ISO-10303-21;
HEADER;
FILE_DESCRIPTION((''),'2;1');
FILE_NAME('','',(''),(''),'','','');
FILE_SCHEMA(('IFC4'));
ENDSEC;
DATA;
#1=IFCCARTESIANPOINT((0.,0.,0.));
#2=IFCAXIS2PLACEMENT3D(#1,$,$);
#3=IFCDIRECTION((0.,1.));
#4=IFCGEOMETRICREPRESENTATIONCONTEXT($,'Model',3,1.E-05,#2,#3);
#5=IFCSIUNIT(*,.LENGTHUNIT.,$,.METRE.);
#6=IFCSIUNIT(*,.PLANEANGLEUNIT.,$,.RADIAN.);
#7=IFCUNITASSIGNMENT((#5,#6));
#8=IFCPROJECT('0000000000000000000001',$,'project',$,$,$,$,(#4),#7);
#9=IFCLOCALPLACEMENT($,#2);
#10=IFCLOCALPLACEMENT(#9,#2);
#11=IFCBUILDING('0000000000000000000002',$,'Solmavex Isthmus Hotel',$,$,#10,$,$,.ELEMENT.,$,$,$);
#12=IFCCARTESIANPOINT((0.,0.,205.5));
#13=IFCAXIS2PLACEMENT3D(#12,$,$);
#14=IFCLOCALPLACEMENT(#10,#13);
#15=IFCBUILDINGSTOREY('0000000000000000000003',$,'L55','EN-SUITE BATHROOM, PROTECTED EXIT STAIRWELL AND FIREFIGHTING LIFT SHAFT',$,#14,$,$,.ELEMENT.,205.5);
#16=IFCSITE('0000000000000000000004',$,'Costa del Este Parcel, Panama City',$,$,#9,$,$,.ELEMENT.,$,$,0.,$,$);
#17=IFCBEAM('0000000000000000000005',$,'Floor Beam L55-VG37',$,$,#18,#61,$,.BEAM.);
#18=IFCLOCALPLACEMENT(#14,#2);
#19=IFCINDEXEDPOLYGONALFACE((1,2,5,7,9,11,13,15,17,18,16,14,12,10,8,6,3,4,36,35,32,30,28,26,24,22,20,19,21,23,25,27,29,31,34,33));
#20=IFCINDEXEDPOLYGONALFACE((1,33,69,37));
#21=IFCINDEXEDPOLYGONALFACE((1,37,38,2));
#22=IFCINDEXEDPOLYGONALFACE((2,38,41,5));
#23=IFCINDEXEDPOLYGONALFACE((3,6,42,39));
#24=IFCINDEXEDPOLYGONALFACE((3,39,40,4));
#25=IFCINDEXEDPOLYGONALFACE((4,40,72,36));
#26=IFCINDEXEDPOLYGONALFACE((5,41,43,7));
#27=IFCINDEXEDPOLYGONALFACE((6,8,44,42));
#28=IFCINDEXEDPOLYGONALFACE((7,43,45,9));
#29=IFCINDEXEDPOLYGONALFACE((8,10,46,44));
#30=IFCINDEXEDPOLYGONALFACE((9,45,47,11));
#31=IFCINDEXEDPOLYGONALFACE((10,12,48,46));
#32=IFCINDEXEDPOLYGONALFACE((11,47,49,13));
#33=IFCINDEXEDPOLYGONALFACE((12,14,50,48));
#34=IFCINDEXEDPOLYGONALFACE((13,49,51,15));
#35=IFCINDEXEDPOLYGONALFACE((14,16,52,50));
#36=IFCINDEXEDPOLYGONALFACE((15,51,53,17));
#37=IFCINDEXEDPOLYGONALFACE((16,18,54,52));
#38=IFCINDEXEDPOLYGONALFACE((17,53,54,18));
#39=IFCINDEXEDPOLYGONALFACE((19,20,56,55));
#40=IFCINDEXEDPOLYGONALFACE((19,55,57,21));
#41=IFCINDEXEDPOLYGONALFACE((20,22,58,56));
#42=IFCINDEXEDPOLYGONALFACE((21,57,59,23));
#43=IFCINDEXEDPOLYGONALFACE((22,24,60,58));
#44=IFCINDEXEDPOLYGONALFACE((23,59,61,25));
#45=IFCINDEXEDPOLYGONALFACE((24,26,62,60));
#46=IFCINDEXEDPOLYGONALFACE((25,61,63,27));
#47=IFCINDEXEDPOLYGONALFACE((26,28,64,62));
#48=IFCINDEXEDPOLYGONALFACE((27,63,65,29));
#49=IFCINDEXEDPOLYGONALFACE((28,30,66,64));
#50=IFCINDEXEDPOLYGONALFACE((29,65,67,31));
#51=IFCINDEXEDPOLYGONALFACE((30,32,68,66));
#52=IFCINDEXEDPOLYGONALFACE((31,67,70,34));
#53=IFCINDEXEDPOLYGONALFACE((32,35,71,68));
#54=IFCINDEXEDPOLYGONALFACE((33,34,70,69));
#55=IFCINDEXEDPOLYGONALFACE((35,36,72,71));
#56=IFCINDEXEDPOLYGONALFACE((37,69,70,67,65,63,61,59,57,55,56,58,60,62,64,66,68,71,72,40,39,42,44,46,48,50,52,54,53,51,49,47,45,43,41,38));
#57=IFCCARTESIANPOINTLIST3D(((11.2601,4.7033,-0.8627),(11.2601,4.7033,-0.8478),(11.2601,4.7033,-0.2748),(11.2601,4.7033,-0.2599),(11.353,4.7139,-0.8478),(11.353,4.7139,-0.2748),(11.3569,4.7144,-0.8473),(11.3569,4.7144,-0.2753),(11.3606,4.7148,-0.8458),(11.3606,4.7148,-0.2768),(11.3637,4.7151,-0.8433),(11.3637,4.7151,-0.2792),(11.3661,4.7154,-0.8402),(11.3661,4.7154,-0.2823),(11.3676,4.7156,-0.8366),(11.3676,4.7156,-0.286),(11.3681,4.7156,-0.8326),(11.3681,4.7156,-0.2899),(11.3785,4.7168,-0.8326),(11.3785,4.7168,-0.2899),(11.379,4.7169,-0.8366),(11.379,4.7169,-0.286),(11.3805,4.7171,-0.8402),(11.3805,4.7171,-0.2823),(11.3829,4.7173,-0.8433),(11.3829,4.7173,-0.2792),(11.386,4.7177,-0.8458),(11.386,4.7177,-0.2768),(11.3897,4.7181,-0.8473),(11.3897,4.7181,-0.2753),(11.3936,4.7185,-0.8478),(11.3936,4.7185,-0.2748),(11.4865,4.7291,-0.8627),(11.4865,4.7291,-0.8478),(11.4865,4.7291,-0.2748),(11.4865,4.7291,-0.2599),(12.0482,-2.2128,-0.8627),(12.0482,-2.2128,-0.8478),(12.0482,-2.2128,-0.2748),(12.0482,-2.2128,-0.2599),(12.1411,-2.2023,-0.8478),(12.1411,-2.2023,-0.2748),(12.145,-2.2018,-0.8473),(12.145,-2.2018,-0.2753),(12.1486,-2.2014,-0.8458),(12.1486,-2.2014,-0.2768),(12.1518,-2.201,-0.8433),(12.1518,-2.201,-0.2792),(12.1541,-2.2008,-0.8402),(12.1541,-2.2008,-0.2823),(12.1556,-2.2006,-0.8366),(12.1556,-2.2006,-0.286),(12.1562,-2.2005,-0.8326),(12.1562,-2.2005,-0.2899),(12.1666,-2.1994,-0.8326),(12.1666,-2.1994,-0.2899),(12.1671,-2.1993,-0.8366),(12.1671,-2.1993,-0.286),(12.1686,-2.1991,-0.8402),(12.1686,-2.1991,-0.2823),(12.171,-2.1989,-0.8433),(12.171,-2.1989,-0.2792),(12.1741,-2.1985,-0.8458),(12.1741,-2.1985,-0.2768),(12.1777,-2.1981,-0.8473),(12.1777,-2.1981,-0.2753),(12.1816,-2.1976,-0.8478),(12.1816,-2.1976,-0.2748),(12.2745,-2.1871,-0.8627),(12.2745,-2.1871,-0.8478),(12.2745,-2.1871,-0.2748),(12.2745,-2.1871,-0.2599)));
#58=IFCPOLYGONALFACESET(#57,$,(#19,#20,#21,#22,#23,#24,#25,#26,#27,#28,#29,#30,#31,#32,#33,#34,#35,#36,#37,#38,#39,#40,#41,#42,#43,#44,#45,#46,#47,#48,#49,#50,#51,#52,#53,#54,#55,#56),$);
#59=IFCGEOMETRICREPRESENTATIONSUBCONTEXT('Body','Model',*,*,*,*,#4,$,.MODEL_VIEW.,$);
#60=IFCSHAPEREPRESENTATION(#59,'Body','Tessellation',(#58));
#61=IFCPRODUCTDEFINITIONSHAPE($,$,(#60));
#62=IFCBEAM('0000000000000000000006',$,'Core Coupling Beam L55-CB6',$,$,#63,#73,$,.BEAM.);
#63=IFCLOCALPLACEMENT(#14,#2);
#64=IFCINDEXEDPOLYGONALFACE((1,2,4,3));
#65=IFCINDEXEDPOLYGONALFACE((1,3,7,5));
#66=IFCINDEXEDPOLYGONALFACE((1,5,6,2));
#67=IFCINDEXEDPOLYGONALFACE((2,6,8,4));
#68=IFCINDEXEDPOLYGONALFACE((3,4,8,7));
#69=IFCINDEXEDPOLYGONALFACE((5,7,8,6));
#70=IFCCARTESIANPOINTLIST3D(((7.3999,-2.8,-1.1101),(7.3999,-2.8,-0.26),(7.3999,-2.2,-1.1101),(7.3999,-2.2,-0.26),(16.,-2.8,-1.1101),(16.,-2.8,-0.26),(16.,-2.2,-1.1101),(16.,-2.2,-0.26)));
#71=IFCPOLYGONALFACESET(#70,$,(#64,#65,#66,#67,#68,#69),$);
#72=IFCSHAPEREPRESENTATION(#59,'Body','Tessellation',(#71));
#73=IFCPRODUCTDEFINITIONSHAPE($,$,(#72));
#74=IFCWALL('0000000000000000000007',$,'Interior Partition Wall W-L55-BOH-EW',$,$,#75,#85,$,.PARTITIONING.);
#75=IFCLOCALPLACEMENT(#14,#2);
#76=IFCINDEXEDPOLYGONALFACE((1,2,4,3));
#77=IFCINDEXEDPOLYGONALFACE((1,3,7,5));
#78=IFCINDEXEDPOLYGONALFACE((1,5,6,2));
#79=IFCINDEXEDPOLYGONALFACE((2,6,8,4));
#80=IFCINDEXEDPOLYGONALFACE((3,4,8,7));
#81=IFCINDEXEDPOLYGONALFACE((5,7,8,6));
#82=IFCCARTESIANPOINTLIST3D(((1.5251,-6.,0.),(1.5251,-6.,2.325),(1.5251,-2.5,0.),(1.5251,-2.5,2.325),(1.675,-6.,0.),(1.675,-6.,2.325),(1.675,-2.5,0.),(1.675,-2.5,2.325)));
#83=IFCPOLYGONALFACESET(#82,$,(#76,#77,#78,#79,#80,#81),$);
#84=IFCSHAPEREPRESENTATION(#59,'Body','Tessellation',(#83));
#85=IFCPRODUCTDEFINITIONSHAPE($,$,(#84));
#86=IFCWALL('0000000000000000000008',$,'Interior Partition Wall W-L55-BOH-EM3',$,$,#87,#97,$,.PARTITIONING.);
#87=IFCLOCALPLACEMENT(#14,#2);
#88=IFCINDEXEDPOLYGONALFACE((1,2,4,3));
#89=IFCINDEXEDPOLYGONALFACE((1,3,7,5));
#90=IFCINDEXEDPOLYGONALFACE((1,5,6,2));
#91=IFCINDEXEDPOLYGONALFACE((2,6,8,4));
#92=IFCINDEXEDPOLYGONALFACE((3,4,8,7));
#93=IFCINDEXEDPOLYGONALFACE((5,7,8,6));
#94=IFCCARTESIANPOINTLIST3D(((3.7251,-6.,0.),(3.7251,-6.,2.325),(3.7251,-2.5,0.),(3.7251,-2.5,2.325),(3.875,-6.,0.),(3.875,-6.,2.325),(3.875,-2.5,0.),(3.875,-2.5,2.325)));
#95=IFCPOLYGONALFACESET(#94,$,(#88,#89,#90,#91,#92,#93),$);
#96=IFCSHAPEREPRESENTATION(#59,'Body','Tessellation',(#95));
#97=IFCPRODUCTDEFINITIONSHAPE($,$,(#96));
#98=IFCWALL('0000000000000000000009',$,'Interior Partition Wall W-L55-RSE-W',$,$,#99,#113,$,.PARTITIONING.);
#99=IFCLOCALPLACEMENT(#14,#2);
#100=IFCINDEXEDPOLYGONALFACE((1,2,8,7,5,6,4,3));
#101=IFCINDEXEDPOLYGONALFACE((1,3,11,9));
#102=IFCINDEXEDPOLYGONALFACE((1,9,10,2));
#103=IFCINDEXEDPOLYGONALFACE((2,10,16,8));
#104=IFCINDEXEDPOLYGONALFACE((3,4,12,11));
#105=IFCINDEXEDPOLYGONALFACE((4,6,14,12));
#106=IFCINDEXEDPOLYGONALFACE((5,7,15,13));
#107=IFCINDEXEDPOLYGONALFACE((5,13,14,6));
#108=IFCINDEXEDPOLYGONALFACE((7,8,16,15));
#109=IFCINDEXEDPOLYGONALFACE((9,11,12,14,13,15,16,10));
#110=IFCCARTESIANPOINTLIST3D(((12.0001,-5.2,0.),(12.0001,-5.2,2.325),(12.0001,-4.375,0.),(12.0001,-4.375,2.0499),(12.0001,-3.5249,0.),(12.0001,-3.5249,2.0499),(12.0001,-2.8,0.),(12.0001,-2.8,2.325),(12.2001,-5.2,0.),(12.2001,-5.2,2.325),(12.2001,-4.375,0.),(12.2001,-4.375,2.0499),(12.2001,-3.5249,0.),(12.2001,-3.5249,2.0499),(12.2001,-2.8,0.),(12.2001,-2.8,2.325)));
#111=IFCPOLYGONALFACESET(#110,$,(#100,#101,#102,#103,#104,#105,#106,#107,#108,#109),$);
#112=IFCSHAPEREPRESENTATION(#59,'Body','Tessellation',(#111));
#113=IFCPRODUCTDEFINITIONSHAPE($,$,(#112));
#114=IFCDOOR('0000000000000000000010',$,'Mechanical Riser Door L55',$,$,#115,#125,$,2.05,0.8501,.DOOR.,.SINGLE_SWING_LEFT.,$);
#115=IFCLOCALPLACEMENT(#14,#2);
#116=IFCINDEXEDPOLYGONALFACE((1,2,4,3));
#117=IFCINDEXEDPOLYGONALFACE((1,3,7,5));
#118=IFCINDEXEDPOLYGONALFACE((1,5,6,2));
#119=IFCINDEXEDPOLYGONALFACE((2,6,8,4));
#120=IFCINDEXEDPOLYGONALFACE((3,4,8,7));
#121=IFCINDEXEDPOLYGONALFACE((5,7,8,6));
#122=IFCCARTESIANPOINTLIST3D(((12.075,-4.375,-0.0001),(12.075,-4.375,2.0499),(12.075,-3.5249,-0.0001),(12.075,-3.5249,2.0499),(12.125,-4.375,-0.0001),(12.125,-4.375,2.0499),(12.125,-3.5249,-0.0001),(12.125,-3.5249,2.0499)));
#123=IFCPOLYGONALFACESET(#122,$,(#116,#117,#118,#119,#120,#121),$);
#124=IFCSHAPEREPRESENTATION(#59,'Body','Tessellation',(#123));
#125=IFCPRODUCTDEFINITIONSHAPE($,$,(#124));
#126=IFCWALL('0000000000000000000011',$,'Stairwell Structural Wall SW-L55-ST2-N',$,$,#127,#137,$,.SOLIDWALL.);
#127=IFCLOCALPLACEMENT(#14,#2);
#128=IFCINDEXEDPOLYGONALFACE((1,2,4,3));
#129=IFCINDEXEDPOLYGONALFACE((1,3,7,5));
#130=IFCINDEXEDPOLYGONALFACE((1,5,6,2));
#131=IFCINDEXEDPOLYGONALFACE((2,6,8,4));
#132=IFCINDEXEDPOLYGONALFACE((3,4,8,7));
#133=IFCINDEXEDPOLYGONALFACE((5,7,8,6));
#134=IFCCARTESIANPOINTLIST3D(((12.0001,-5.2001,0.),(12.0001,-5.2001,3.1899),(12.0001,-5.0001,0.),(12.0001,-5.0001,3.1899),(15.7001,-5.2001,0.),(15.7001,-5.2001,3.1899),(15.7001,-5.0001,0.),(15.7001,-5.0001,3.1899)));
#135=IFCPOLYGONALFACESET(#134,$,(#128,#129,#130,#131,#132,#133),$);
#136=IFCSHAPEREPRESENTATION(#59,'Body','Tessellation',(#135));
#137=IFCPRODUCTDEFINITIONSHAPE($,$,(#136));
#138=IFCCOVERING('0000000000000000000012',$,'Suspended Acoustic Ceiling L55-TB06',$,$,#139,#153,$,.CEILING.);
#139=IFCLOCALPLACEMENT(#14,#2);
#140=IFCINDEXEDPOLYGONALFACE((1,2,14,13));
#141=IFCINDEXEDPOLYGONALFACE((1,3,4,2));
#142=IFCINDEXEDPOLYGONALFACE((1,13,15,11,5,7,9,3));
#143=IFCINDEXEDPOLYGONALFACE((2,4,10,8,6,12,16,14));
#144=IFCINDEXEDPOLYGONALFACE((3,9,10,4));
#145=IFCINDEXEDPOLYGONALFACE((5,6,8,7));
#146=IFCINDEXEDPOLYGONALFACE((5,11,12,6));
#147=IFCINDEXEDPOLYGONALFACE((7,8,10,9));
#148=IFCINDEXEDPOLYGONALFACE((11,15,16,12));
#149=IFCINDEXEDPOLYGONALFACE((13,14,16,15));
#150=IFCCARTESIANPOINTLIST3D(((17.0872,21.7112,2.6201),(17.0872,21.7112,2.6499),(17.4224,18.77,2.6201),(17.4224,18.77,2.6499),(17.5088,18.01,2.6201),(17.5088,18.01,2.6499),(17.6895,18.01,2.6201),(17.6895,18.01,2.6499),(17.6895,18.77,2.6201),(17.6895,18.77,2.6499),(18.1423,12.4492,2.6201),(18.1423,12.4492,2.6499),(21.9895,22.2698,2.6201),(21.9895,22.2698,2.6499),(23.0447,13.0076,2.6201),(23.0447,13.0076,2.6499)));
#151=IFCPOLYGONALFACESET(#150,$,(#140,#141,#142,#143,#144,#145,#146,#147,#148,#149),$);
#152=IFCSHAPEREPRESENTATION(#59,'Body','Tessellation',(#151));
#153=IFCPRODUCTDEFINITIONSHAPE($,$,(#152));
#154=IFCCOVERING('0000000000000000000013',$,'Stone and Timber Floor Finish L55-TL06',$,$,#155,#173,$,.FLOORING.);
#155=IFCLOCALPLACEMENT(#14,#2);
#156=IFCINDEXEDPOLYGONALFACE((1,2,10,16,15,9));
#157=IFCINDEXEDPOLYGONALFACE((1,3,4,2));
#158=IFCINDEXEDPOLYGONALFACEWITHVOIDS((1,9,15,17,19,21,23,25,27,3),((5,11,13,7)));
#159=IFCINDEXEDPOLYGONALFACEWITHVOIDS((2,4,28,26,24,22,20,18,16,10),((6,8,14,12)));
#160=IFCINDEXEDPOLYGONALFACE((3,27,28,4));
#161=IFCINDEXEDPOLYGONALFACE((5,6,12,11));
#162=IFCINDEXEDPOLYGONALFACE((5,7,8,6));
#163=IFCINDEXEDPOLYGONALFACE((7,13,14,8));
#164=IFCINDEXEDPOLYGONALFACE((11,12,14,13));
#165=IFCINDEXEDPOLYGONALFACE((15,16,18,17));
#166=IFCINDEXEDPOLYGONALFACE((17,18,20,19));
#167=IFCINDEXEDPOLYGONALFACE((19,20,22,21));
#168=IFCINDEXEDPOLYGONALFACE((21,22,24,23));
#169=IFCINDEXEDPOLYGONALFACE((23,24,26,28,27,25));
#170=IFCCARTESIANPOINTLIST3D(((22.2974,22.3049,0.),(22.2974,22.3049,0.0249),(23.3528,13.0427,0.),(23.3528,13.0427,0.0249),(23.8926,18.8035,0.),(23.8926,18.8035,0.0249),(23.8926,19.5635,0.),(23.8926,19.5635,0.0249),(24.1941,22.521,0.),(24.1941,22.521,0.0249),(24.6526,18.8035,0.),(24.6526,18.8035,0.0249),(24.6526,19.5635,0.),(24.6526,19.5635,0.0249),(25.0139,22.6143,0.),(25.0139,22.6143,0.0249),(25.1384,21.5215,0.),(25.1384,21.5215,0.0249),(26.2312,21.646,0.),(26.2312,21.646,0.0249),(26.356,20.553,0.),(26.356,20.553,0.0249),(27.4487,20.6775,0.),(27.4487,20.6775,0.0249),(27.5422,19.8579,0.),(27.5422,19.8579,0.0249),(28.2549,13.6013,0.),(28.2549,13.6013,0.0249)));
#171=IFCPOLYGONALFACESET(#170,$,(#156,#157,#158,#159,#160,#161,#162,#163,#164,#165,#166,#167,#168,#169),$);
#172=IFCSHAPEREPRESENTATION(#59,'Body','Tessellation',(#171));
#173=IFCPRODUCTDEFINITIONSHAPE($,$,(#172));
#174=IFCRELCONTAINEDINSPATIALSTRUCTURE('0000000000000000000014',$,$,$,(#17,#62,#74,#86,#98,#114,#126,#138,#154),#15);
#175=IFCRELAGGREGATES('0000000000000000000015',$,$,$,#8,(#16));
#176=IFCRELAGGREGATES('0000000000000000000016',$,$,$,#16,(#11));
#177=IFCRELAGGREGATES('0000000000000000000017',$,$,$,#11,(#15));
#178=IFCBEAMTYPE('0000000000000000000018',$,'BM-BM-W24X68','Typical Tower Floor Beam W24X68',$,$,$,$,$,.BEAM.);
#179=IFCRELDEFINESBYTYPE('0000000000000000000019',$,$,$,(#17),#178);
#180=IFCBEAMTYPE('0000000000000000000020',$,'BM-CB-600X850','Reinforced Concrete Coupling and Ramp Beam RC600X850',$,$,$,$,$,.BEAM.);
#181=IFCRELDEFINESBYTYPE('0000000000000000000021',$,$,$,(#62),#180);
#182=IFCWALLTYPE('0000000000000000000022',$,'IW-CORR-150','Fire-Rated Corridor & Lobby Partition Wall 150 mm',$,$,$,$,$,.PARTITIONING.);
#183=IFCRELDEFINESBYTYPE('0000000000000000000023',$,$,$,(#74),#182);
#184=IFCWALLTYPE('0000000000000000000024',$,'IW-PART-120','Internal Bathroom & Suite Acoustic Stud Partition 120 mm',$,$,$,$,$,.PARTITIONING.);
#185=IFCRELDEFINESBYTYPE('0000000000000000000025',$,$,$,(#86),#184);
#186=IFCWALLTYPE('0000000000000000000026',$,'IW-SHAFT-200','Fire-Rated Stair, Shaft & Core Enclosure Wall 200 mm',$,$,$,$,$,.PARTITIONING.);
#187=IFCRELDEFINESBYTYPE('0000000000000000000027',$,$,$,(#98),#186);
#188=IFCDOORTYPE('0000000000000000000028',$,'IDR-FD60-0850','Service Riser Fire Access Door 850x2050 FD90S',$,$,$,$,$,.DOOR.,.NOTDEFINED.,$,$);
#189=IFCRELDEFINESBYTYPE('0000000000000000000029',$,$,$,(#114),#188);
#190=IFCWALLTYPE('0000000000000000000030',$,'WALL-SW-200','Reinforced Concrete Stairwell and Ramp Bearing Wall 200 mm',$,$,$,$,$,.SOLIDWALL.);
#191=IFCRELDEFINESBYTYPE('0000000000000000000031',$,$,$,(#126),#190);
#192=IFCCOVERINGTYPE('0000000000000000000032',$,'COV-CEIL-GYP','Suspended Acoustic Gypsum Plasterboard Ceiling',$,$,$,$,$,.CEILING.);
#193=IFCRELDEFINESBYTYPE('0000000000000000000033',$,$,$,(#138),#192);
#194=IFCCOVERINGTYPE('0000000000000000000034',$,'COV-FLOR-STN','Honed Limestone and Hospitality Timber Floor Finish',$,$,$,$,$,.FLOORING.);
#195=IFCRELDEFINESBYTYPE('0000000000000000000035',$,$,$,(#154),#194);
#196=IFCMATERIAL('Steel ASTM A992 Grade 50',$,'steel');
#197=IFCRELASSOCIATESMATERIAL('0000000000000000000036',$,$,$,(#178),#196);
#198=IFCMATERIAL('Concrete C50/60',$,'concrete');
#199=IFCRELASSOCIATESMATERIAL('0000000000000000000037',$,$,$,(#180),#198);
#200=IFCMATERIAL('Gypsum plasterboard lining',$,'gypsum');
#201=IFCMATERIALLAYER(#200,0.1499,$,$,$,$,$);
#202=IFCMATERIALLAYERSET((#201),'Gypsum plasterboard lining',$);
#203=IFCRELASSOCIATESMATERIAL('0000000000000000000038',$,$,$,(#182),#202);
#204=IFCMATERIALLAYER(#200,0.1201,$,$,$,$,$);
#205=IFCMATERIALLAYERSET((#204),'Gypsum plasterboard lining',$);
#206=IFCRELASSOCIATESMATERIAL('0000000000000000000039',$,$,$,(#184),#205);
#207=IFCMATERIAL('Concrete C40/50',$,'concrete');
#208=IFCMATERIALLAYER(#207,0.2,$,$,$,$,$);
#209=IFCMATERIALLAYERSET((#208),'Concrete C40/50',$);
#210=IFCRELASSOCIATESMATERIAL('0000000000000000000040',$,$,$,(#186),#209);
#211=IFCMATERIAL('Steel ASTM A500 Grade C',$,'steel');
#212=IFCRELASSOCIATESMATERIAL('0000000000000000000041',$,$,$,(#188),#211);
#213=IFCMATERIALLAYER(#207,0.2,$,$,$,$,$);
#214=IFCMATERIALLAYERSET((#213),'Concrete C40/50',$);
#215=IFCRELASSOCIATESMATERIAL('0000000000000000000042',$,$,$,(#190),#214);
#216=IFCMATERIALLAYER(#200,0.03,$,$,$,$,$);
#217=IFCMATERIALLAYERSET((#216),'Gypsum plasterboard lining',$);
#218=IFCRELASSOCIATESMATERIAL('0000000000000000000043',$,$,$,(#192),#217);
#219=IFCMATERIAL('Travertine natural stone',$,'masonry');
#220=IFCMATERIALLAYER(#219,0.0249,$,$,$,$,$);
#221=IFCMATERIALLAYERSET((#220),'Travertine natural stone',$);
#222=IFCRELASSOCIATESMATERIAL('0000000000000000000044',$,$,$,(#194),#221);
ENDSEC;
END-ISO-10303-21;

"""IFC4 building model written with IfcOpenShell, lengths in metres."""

from ifc_helpers import new_model, si_unit, direction, frame, frame_2d, origin, origin_2d, place, context, subcontext, project, spatial, polyline, rectangle, i_section, outline, extrude, material, layer, layer_set, material_profile, profile_set, type_object, element, fill, save


model = new_model("IFC4")

# Units and contexts
model_context = context("Model", 3, precision=1e-05, world=origin(), true_north=direction((0.0, 1.0)))
body_context = subcontext(model_context, "Body", "Model", "MODEL_VIEW")
ifc_project = project(units=[si_unit("LENGTHUNIT", "METRE"), si_unit("PLANEANGLEUNIT", "RADIAN")], contexts=[model_context])

# Site, building, storey
site_placement = place(None, origin())
site = spatial("IfcSite", under=ifc_project, at=site_placement, Name="Costa del Este Parcel, Panama City", CompositionType="ELEMENT", RefElevation=0.0)
building_placement = place(site_placement, origin())
building = spatial("IfcBuilding", under=site, at=building_placement, Name="Solmavex Isthmus Hotel", CompositionType="ELEMENT")
storey_placement = place(building_placement, frame((0.0, 0.0, 205.5)))
storey = spatial("IfcBuildingStorey", under=building, at=storey_placement, Name="L55", Description="EN-SUITE BATHROOM, PROTECTED EXIT STAIRWELL AND FIREFIGHTING LIFT SHAFT", CompositionType="ELEMENT", Elevation=205.5)

# Shared definitions
ifc_material_1 = material(Name="Concrete C50/60", Category="concrete")

# Beams
ifc_material_2 = material(Name="Steel ASTM A992 Grade 50", Category="steel")
ifc_material_profile_1 = material_profile(ifc_material_2, i_section(OverallWidth=0.2278, OverallDepth=0.6028, WebThickness=0.0105, FlangeThickness=0.0149, FilletRadius=0.0151, at=origin_2d()), Name="W24X68")
ifc_profile_set_1 = profile_set([ifc_material_profile_1], Name="Steel ASTM A992 Grade 50")
beam_type_1 = type_object("IfcBeamType", Name="BM-BM-W24X68", Description="Typical Tower Floor Beam W24X68", PredefinedType="BEAM", material=ifc_profile_set_1)
beam_1_placement = place(storey_placement, frame((12.1614, -2.2, -0.5613), z_axis=(-0.113214, 0.993571, 0.0), x_axis=(-0.993571, -0.113214, 0.0)))
element("IfcBeam", 1, at=beam_1_placement, inside=storey, type_object=beam_type_1, Name="Floor Beam L55-VG37", PredefinedType="BEAM", context=body_context, shape_type="SweptSolid", body=[
    extrude(i_section(OverallWidth=0.2278, OverallDepth=0.6028, WebThickness=0.0105, FlangeThickness=0.0149, FilletRadius=0.0151, at=origin_2d()), origin(), (0.0, 0.0, 1.0), 6.9609),
])
ifc_material_profile_2 = material_profile(ifc_material_1, rectangle(XDim=0.6001, YDim=0.8501, at=origin_2d()), Name="RC600X850")
ifc_profile_set_2 = profile_set([ifc_material_profile_2], Name="Concrete C50/60")
beam_type_2 = type_object("IfcBeamType", Name="BM-CB-600X850", Description="Reinforced Concrete Coupling and Ramp Beam RC600X850", PredefinedType="BEAM", material=ifc_profile_set_2)
beam_2_placement = place(storey_placement, frame((7.3999, -2.5, -0.6851), z_axis=(1.0, 0.0, 0.0), x_axis=(0.0, 1.0, 0.0)))
element("IfcBeam", 2, at=beam_2_placement, inside=storey, type_object=beam_type_2, Name="Core Coupling Beam L55-CB6", PredefinedType="BEAM", context=body_context, shape_type="SweptSolid", body=[
    extrude(rectangle(XDim=0.6001, YDim=0.8501, at=origin_2d()), origin(), (0.0, 0.0, 1.0), 8.6001),
])

# Walls
ifc_material_3 = material(Name="Gypsum plasterboard lining", Category="gypsum")
ifc_layer_1 = layer(ifc_material_3, 0.1499)
ifc_layer_set_1 = layer_set([ifc_layer_1], Name="Gypsum plasterboard lining")
wall_type_1 = type_object("IfcWallType", Name="IW-CORR-150", Description="Fire-Rated Corridor & Lobby Partition Wall 150 mm", PredefinedType="PARTITIONING", material=ifc_layer_set_1)
wall_1_placement = place(storey_placement, frame((1.6001, -6.0, 0.0), z_axis=(0.0, 0.0, 1.0), x_axis=(0.0, 1.0, 0.0)))
element("IfcWall", 3, at=wall_1_placement, inside=storey, type_object=wall_type_1, Name="Interior Partition Wall W-L55-BOH-EW", PredefinedType="PARTITIONING", context=body_context, shape_type="SweptSolid", body=[
    extrude(rectangle(XDim=3.5, YDim=0.1499, at=frame_2d((1.75, 0.0))), origin(), (0.0, 0.0, 1.0), 2.325),
])
ifc_layer_2 = layer(ifc_material_3, 0.1201)
ifc_layer_set_2 = layer_set([ifc_layer_2], Name="Gypsum plasterboard lining")
wall_type_2 = type_object("IfcWallType", Name="IW-PART-120", Description="Internal Bathroom & Suite Acoustic Stud Partition 120 mm", PredefinedType="PARTITIONING", material=ifc_layer_set_2)
wall_2_placement = place(storey_placement, frame((3.8, -6.0, 0.0), z_axis=(0.0, 0.0, 1.0), x_axis=(0.0, 1.0, 0.0)))
element("IfcWall", 4, at=wall_2_placement, inside=storey, type_object=wall_type_2, Name="Interior Partition Wall W-L55-BOH-EM3", PredefinedType="PARTITIONING", context=body_context, shape_type="SweptSolid", body=[
    extrude(rectangle(XDim=3.5, YDim=0.1499, at=frame_2d((1.75, 0.0))), origin(), (0.0, 0.0, 1.0), 2.325),
])

# Wall, opening, door
ifc_material_4 = material(Name="Concrete C40/50", Category="concrete")
ifc_layer_3 = layer(ifc_material_4, 0.2)
ifc_layer_set_3 = layer_set([ifc_layer_3], Name="Concrete C40/50")
wall_type_3 = type_object("IfcWallType", Name="IW-SHAFT-200", Description="Fire-Rated Stair, Shaft & Core Enclosure Wall 200 mm", PredefinedType="PARTITIONING", material=ifc_layer_set_3)
wall_3_placement = place(storey_placement, frame((12.1001, -5.2, 0.0), z_axis=(0.0, 0.0, 1.0), x_axis=(0.0, 1.0, 0.0)))
wall_3 = element("IfcWall", 5, at=wall_3_placement, inside=storey, type_object=wall_type_3, Name="Interior Partition Wall W-L55-RSE-W", PredefinedType="PARTITIONING", context=body_context, shape_type="SweptSolid", body=[
    extrude(rectangle(XDim=2.3999, YDim=0.2, at=frame_2d((1.2, 0.0))), origin(), (0.0, 0.0, 1.0), 2.325),
])
opening_placement = place(wall_3_placement, frame((0.825, 0.0, 0.0)))
opening = element("IfcOpeningElement", 6, at=opening_placement, cuts=wall_3, PredefinedType="OPENING", context=body_context, shape_type="SweptSolid", body=[
    extrude(rectangle(XDim=0.8501, YDim=2.05, at=frame_2d((0.425, 1.0249))), frame((0.0, 0.1099, 0.0), z_axis=(0.0, -1.0, 0.0), x_axis=(1.0, 0.0, 0.0)), (0.0, 0.0, 1.0), 0.22),
])
ifc_material_5 = material(Name="Steel ASTM A500 Grade C", Category="steel")
door_type = type_object("IfcDoorType", Name="IDR-FD60-0850", Description="Service Riser Fire Access Door 850x2050 FD90S", OperationType="NOTDEFINED", PredefinedType="DOOR", material=ifc_material_5)
door_placement = place(opening_placement, frame((0.8501, 0.0, 0.0), z_axis=(0.0, 0.0, 1.0), x_axis=(-1.0, 0.0, 0.0)))
door = element("IfcDoor", 7, at=door_placement, inside=storey, type_object=door_type, Name="Mechanical Riser Door L55", OperationType="SINGLE_SWING_LEFT", OverallHeight=2.05, OverallWidth=0.8501, PredefinedType="DOOR", context=body_context, shape_type="SweptSolid", body=[
    extrude(rectangle(XDim=0.8501, YDim=2.05, at=frame_2d((0.425, 1.0249))), frame((0.0, 0.0249, 0.0), z_axis=(0.0, -1.0, 0.0), x_axis=(1.0, 0.0, 0.0)), (0.0, 0.0, 1.0), 0.05),
])
fill(opening, door)

# Wall
ifc_layer_4 = layer(ifc_material_4, 0.2)
ifc_layer_set_4 = layer_set([ifc_layer_4], Name="Concrete C40/50")
wall_type_4 = type_object("IfcWallType", Name="WALL-SW-200", Description="Reinforced Concrete Stairwell and Ramp Bearing Wall 200 mm", PredefinedType="SOLIDWALL", material=ifc_layer_set_4)
wall_4_placement = place(storey_placement, frame((12.0, -5.1001, 0.0), z_axis=(0.0, 0.0, 1.0), x_axis=(1.0, 0.0, 0.0)))
element("IfcWall", 8, at=wall_4_placement, inside=storey, type_object=wall_type_4, Name="Stairwell Structural Wall SW-L55-ST2-N", PredefinedType="SOLIDWALL", context=body_context, shape_type="SweptSolid", body=[
    extrude(rectangle(XDim=3.7, YDim=0.2, at=frame_2d((1.8501, 0.0))), origin(), (0.0, 0.0, 1.0), 3.1899),
])

# Coverings
ifc_layer_5 = layer(ifc_material_3, 0.03)
ifc_layer_set_5 = layer_set([ifc_layer_5], Name="Gypsum plasterboard lining")
covering_type_1 = type_object("IfcCoveringType", Name="COV-CEIL-GYP", Description="Suspended Acoustic Gypsum Plasterboard Ceiling", PredefinedType="CEILING", material=ifc_layer_set_5)
covering_1_placement = place(storey_placement, frame((0.0, 0.0, 2.6201)))
element("IfcCovering", 9, at=covering_1_placement, inside=storey, type_object=covering_type_1, Name="Suspended Acoustic Ceiling L55-TB06", PredefinedType="CEILING", context=body_context, shape_type="SweptSolid", body=[
    extrude(outline(polyline([(17.4224, 18.77), (17.6895, 18.77), (17.6895, 18.01), (17.5088, 18.01), (18.1423, 12.4492), (23.0447, 13.0076), (21.9895, 22.2698), (17.0872, 21.7112), (17.4224, 18.77)])), origin(), (0.0, 0.0, 1.0), 0.0298),
])
ifc_material_6 = material(Name="Travertine natural stone", Category="masonry")
ifc_layer_6 = layer(ifc_material_6, 0.0249)
ifc_layer_set_6 = layer_set([ifc_layer_6], Name="Travertine natural stone")
covering_type_2 = type_object("IfcCoveringType", Name="COV-FLOR-STN", Description="Honed Limestone and Hospitality Timber Floor Finish", PredefinedType="FLOORING", material=ifc_layer_set_6)
covering_2_placement = place(storey_placement, origin())
element("IfcCovering", 10, at=covering_2_placement, inside=storey, type_object=covering_type_2, Name="Stone and Timber Floor Finish L55-TL06", PredefinedType="FLOORING", context=body_context, shape_type="SweptSolid", body=[
    extrude(outline(polyline([(25.0139, 22.6143), (24.1941, 22.521), (22.2974, 22.3049), (23.3528, 13.0427), (28.2549, 13.6013), (27.5422, 19.8579), (27.4487, 20.6775), (26.356, 20.553), (26.2312, 21.646), (25.1384, 21.5215), (25.0139, 22.6143)]), holes=[polyline([(23.8926, 19.5635), (24.6526, 19.5635), (24.6526, 18.8035), (23.8926, 18.8035), (23.8926, 19.5635)])]), origin(), (0.0, 0.0, 1.0), 0.0249),
])

save(model, "model.ifc")
